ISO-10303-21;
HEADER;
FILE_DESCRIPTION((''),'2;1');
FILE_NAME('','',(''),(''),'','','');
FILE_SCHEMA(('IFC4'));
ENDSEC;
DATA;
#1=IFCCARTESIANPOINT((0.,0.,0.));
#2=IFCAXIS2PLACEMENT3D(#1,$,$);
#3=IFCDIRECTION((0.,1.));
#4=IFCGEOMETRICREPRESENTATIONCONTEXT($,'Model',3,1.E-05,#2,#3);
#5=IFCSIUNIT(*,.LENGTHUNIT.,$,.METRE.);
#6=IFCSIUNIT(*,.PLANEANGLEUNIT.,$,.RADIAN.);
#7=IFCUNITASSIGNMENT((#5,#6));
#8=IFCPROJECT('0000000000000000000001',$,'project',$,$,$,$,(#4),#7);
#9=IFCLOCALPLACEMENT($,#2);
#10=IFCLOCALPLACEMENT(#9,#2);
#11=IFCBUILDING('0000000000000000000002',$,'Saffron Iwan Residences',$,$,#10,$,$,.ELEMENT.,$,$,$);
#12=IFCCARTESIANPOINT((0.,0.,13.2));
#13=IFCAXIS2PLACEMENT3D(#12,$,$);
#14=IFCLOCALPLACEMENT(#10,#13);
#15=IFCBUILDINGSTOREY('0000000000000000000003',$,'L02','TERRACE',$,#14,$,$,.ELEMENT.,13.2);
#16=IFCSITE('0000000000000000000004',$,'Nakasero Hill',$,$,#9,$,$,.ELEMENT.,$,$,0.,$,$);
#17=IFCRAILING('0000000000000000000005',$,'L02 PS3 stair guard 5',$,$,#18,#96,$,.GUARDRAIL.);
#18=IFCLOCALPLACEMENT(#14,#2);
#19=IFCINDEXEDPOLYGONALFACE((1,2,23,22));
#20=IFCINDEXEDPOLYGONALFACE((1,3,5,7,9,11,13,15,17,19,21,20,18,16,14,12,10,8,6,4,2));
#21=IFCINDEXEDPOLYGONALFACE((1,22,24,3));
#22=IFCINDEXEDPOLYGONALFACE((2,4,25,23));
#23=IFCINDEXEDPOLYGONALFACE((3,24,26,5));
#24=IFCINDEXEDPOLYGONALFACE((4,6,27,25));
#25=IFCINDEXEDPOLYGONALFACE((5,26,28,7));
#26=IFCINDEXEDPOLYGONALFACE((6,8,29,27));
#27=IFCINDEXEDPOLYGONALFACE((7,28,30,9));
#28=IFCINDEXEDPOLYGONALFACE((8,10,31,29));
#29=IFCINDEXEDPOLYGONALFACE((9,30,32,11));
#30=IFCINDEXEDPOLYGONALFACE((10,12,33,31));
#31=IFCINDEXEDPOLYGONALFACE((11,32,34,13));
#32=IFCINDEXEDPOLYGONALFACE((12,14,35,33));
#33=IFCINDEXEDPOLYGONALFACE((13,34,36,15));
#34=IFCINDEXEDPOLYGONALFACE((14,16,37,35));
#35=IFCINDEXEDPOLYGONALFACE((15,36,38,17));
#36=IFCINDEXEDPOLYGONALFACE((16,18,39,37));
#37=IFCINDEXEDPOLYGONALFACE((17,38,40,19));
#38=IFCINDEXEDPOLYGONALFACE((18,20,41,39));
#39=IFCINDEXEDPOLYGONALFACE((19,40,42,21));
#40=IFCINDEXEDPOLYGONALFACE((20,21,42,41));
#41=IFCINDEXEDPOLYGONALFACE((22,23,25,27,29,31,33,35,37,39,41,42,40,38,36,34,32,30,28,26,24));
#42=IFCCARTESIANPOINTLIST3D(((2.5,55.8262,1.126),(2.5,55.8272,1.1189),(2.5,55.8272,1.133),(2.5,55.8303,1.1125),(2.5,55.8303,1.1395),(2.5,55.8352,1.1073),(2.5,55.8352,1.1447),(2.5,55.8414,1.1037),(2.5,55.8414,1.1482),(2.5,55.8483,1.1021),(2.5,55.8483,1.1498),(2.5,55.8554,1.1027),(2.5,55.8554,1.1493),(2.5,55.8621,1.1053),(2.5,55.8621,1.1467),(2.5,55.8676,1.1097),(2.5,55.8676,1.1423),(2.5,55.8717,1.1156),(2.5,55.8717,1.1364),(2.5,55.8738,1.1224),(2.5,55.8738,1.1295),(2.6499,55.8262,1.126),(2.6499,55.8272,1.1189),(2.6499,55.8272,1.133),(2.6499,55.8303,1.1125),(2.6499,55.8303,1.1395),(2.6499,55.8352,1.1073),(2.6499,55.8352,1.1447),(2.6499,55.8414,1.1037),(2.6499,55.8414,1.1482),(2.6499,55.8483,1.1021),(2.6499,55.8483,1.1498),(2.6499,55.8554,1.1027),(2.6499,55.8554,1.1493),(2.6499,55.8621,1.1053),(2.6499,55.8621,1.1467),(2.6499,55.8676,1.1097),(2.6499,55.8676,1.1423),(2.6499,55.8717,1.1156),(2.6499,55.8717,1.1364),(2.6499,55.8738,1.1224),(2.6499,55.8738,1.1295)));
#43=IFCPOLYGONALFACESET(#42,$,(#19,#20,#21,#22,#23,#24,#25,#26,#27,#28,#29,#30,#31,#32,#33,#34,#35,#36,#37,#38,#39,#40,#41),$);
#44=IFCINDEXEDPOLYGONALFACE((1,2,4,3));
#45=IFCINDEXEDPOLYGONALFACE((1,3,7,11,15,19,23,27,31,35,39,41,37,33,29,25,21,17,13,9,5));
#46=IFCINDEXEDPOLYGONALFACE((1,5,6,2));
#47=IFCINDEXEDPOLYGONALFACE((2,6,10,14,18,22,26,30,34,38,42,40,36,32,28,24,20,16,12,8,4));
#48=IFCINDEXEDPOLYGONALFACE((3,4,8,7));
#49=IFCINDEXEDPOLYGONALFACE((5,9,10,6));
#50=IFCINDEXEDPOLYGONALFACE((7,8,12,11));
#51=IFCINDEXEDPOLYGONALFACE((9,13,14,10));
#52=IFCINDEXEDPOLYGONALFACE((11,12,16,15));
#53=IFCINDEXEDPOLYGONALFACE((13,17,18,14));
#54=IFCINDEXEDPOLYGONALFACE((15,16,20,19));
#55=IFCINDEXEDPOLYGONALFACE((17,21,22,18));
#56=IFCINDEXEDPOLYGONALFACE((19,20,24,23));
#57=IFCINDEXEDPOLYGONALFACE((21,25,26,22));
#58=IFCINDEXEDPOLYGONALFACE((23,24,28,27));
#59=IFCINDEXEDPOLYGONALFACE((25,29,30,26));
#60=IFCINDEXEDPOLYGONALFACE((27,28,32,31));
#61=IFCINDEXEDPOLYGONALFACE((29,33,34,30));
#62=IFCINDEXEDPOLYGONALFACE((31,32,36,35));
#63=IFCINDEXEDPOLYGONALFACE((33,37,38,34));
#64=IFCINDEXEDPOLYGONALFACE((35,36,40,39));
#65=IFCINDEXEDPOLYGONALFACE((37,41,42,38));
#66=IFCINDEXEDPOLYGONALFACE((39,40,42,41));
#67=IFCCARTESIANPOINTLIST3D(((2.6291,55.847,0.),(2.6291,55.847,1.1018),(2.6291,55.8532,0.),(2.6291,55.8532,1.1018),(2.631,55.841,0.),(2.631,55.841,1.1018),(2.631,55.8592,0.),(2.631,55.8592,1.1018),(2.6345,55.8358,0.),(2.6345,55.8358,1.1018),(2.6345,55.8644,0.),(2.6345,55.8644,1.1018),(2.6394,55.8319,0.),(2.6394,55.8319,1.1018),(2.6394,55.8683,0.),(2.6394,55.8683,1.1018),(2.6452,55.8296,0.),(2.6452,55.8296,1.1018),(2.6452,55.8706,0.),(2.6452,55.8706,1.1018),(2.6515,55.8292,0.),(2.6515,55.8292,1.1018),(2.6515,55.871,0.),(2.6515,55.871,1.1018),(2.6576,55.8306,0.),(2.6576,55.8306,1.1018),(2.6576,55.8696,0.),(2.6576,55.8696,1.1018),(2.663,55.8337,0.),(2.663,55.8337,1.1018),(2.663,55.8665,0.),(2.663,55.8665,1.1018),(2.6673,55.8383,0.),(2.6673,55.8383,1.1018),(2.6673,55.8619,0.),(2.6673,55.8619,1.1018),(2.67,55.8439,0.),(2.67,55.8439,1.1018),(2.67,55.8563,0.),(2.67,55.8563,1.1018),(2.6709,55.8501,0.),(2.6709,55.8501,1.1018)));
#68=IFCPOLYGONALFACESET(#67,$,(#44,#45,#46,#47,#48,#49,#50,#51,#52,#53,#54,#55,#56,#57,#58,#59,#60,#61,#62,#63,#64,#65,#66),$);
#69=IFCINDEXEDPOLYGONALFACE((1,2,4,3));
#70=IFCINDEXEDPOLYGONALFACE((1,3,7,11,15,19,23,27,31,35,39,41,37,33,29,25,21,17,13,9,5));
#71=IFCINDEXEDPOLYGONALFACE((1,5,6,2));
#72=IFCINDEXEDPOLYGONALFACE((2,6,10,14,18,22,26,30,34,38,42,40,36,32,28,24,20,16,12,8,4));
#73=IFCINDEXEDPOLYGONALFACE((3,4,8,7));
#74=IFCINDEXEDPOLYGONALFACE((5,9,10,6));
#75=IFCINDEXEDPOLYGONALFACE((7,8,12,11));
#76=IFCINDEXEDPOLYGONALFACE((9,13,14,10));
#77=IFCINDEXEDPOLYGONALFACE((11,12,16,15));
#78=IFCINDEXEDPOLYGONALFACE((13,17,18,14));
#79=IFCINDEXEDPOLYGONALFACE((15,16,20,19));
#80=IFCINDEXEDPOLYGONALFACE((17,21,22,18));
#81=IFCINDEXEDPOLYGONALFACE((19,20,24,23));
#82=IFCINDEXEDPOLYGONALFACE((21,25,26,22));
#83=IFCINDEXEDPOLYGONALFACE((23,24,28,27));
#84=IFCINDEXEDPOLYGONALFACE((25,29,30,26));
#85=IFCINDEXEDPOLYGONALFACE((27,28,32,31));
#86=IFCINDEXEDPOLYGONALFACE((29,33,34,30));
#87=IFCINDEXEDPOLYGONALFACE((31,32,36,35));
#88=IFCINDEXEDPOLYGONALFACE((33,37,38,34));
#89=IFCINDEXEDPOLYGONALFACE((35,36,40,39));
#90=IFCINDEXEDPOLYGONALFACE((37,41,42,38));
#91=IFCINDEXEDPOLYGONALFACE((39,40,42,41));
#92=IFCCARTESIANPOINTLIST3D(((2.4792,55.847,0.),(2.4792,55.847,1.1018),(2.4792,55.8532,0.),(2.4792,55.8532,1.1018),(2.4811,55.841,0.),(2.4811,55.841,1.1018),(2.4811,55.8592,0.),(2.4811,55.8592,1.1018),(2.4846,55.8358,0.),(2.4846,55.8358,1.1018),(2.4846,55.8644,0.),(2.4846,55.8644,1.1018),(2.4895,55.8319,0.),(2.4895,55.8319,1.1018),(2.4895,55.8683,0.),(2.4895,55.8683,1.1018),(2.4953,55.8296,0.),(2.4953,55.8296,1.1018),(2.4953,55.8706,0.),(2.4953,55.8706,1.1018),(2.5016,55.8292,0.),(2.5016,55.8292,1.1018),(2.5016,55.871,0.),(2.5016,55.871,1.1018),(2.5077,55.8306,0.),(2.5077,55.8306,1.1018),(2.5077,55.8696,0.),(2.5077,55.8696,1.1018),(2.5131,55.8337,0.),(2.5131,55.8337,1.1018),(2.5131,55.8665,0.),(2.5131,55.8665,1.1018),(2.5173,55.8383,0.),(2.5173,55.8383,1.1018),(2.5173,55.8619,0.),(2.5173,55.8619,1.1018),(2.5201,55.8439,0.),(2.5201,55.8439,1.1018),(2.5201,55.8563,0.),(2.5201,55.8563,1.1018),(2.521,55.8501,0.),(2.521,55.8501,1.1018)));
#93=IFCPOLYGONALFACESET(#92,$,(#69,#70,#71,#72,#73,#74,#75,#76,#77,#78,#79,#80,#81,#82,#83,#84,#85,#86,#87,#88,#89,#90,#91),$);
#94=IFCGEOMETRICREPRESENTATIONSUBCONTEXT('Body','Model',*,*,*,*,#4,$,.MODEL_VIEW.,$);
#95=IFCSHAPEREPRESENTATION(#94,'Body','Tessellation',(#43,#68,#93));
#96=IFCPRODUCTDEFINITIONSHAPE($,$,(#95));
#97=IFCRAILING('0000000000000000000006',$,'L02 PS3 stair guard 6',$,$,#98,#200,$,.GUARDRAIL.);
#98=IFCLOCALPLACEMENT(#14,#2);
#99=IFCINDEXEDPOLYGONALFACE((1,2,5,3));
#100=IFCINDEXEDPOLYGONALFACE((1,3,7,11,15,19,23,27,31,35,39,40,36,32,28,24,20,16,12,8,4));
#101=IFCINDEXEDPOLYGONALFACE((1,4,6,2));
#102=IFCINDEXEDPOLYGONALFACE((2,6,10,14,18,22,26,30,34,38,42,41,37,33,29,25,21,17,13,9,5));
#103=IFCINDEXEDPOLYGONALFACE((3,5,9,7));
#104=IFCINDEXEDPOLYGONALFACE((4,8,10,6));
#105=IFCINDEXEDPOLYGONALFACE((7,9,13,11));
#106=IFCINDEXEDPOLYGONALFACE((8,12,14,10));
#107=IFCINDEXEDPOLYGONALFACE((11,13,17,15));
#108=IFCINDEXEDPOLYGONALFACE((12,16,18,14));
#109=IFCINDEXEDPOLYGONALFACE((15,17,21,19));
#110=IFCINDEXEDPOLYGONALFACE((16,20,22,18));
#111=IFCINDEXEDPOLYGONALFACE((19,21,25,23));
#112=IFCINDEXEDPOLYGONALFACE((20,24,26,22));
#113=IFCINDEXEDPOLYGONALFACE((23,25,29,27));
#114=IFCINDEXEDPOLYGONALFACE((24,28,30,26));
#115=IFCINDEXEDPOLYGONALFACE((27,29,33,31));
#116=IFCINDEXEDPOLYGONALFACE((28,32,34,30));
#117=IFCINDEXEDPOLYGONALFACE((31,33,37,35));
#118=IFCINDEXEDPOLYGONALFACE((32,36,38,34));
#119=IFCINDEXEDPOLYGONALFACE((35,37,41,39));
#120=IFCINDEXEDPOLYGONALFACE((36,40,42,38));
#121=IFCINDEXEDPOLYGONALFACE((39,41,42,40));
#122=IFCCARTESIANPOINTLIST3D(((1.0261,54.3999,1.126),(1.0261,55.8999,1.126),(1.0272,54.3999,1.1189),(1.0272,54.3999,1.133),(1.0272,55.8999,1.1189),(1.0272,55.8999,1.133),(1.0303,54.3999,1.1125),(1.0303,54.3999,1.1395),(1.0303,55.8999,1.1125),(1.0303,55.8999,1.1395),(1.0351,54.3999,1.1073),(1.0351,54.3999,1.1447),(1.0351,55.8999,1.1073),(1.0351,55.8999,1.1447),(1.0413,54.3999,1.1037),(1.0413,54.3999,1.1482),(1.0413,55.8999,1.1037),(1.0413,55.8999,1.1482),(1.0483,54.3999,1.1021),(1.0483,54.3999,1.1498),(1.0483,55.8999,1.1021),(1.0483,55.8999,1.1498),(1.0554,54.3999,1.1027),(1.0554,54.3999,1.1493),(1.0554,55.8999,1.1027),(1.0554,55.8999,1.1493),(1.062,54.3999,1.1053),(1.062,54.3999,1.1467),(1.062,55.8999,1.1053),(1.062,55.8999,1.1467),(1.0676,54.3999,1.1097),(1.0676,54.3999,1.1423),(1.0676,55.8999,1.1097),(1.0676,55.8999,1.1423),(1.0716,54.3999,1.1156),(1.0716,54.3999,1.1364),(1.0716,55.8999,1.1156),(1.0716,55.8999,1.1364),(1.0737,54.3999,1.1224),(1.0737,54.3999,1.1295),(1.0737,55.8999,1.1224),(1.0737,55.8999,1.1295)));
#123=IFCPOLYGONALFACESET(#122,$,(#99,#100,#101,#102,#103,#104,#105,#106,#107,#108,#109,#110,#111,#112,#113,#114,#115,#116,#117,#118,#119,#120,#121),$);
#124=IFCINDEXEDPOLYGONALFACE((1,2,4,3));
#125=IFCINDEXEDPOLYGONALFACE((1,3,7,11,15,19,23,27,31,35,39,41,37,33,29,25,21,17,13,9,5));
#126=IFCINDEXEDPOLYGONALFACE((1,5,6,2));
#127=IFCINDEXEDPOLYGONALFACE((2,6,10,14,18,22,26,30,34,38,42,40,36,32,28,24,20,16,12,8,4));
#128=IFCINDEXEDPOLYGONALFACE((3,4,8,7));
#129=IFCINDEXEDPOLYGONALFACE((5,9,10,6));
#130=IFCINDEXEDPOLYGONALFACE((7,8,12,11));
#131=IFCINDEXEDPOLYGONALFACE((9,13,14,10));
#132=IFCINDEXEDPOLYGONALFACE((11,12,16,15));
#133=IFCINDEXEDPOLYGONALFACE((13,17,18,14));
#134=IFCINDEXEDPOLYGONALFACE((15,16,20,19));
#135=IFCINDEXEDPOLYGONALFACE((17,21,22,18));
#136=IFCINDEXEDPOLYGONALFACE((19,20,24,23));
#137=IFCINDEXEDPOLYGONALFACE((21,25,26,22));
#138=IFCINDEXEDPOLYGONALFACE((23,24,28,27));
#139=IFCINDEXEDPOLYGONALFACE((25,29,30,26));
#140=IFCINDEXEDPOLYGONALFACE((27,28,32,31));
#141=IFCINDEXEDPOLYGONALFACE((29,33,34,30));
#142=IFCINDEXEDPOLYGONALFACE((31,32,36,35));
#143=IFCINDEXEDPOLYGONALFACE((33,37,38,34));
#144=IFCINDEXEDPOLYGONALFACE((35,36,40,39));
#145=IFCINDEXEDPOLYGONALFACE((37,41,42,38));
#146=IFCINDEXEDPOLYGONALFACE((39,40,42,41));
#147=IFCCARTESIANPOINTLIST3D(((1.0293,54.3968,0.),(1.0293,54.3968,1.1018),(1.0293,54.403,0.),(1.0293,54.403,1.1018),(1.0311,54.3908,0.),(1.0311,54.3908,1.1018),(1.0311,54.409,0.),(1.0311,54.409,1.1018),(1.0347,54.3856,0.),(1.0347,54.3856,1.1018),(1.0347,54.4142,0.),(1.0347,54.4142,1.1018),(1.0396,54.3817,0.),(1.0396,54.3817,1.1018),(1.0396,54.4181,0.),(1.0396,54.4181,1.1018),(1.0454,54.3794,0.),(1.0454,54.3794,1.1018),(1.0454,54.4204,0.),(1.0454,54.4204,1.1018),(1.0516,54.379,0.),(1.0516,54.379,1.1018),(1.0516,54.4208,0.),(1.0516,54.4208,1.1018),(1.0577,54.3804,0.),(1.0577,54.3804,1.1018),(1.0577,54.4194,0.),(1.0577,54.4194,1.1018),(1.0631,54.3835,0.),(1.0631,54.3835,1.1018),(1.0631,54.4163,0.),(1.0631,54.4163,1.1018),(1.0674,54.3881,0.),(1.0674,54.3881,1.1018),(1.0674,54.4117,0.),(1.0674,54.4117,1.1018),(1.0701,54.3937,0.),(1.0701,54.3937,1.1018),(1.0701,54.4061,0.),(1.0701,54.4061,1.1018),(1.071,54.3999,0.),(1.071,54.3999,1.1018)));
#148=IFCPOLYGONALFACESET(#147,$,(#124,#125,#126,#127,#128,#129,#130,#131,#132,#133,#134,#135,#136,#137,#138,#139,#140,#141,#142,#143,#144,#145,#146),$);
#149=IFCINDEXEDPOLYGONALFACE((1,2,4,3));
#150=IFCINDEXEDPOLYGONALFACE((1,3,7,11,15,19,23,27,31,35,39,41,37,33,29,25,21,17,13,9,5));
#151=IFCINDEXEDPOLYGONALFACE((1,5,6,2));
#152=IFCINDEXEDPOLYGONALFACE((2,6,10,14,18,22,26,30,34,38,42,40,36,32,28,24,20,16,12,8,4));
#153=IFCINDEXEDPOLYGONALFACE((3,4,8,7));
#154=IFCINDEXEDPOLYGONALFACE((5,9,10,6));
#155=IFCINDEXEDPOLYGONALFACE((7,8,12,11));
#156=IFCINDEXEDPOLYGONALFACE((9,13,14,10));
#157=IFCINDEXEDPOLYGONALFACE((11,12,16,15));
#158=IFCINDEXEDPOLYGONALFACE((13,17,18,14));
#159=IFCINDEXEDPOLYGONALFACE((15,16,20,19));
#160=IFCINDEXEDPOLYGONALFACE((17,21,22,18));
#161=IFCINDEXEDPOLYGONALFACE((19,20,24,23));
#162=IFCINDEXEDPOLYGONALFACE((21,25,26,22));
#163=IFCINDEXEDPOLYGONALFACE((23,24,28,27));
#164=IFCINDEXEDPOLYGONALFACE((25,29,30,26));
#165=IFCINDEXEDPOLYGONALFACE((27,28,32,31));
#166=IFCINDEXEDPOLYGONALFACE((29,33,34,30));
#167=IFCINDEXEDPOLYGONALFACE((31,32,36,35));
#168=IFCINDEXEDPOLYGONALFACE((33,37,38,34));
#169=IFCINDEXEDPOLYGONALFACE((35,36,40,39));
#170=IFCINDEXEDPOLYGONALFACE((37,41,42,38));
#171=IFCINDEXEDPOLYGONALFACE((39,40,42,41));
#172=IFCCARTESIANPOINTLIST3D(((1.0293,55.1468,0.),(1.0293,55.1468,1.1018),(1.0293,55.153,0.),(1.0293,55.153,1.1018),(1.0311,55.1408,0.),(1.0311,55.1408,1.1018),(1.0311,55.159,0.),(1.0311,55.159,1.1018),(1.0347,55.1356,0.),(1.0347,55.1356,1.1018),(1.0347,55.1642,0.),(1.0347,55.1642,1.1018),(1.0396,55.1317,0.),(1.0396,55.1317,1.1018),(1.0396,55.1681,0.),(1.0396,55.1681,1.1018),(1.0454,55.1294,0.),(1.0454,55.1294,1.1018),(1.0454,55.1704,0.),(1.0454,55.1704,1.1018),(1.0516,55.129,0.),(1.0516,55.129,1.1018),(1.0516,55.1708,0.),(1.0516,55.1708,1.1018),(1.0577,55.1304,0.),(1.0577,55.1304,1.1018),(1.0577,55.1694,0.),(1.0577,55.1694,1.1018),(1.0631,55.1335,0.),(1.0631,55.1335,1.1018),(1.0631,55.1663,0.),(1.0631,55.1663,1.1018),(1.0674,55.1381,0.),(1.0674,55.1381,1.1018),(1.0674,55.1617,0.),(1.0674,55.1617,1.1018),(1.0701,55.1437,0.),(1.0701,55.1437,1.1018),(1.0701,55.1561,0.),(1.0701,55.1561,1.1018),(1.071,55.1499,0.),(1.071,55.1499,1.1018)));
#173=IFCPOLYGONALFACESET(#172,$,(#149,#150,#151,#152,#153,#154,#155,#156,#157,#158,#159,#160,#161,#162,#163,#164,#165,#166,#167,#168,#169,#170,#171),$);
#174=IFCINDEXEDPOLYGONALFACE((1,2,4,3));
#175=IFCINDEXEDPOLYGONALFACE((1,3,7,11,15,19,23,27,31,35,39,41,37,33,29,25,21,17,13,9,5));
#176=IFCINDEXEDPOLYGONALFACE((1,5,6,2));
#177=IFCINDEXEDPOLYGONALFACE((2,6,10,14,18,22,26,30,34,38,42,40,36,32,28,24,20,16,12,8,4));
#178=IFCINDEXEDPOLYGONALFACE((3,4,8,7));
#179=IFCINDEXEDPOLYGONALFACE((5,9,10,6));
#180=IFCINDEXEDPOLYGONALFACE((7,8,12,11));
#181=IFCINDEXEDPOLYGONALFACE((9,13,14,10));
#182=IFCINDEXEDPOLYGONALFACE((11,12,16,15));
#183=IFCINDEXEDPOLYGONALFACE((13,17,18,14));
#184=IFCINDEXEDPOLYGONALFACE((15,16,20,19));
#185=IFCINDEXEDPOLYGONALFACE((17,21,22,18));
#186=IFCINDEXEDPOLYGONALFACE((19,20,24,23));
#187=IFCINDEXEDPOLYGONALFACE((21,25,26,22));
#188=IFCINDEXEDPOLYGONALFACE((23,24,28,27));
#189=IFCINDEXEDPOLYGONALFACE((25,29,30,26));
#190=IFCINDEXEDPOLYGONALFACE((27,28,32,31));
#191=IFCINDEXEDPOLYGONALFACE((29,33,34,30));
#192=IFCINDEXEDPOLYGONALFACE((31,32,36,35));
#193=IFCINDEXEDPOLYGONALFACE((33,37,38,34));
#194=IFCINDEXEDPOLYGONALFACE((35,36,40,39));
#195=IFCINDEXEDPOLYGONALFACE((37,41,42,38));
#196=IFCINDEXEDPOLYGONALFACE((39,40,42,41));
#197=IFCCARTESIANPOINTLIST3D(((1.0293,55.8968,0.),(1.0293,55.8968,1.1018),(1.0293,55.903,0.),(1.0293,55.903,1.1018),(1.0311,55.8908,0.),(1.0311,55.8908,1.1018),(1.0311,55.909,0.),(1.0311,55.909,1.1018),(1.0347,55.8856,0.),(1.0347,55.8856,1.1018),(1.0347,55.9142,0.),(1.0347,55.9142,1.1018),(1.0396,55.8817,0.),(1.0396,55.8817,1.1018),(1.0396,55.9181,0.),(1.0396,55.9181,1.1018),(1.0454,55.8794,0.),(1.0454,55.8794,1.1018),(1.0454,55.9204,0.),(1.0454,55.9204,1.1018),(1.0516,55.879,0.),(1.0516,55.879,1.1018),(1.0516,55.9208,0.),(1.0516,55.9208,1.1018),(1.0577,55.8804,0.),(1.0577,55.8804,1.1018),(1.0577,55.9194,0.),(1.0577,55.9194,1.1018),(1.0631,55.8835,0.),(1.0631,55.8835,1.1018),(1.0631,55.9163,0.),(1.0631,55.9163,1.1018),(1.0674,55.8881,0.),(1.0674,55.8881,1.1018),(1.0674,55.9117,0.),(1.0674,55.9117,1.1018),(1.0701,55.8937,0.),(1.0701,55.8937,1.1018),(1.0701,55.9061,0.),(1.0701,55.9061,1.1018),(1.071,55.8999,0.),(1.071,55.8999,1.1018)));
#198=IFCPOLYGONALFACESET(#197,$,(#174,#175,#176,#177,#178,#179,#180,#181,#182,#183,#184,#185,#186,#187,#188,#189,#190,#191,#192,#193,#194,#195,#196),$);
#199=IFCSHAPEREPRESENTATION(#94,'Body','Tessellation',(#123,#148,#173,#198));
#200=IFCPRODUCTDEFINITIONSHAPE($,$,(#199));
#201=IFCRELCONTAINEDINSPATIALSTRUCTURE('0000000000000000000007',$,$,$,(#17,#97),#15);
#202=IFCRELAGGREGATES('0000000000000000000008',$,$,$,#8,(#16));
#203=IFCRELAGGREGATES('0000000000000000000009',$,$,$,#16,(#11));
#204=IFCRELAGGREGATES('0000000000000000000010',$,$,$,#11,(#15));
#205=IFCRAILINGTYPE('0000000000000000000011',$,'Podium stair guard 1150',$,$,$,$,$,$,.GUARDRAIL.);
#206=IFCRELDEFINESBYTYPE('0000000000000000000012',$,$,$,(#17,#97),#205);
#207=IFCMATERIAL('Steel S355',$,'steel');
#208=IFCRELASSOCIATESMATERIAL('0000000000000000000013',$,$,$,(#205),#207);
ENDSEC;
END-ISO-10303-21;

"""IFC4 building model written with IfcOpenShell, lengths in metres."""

from ifc_helpers import new_model, si_unit, direction, frame, origin, origin_2d, place, context, subcontext, project, spatial, circle, extrude, material, type_object, element, save


model = new_model("IFC4")

# Units and contexts
model_context = context("Model", 3, precision=1e-05, world=origin(), true_north=direction((0.0, 1.0)))
body_context = subcontext(model_context, "Body", "Model", "MODEL_VIEW")
ifc_project = project(units=[si_unit("LENGTHUNIT", "METRE"), si_unit("PLANEANGLEUNIT", "RADIAN")], contexts=[model_context])

# Site, building, storey
site_placement = place(None, origin())
site = spatial("IfcSite", under=ifc_project, at=site_placement, Name="Nakasero Hill", CompositionType="ELEMENT", RefElevation=0.0)
building_placement = place(site_placement, origin())
building = spatial("IfcBuilding", under=site, at=building_placement, Name="Saffron Iwan Residences", CompositionType="ELEMENT")
storey_placement = place(building_placement, frame((0.0, 0.0, 13.2)))
storey = spatial("IfcBuildingStorey", under=building, at=storey_placement, Name="L02", Description="TERRACE", CompositionType="ELEMENT", Elevation=13.2)

# Railings
ifc_material_1 = material(Name="Steel S355", Category="steel")
railing_type_1 = type_object("IfcRailingType", Name="Podium stair guard 1150", PredefinedType="GUARDRAIL", material=ifc_material_1)
railing_1_placement = place(storey_placement, frame((2.6499, 55.8501, 0.0)))
element("IfcRailing", 1, at=railing_1_placement, inside=storey, type_object=railing_type_1, Name="L02 PS3 stair guard 5", PredefinedType="GUARDRAIL", context=body_context, shape_type="SweptSolid", body=[
    extrude(circle(Radius=0.0239, at=origin_2d()), frame((0.0, 0.0, 1.126), z_axis=(-1.0, 0.0, 0.0), x_axis=(0.0, -1.0, 0.0)), (0.0, 0.0, 1.0), 0.1499),
    extrude(circle(Radius=0.021, at=origin_2d()), origin(), (0.0, 0.0, 1.0), 1.1018),
    extrude(circle(Radius=0.021, at=origin_2d()), frame((-0.1499, 0.0, 0.0)), (0.0, 0.0, 1.0), 1.1018),
])
railing_2_placement = place(storey_placement, frame((1.05, 54.3999, 0.0)))
element("IfcRailing", 2, at=railing_2_placement, inside=storey, type_object=railing_type_1, Name="L02 PS3 stair guard 6", PredefinedType="GUARDRAIL", context=body_context, shape_type="SweptSolid", body=[
    extrude(circle(Radius=0.0239, at=origin_2d()), frame((0.0, 0.0, 1.126), z_axis=(0.0, 1.0, 0.0), x_axis=(-1.0, 0.0, 0.0)), (0.0, 0.0, 1.0), 1.5),
    extrude(circle(Radius=0.021, at=origin_2d()), origin(), (0.0, 0.0, 1.0), 1.1018),
    extrude(circle(Radius=0.021, at=origin_2d()), frame((0.0, 0.75, 0.0)), (0.0, 0.0, 1.0), 1.1018),
    extrude(circle(Radius=0.021, at=origin_2d()), frame((0.0, 1.5, 0.0)), (0.0, 0.0, 1.0), 1.1018),
])

save(model, "model.ifc")
